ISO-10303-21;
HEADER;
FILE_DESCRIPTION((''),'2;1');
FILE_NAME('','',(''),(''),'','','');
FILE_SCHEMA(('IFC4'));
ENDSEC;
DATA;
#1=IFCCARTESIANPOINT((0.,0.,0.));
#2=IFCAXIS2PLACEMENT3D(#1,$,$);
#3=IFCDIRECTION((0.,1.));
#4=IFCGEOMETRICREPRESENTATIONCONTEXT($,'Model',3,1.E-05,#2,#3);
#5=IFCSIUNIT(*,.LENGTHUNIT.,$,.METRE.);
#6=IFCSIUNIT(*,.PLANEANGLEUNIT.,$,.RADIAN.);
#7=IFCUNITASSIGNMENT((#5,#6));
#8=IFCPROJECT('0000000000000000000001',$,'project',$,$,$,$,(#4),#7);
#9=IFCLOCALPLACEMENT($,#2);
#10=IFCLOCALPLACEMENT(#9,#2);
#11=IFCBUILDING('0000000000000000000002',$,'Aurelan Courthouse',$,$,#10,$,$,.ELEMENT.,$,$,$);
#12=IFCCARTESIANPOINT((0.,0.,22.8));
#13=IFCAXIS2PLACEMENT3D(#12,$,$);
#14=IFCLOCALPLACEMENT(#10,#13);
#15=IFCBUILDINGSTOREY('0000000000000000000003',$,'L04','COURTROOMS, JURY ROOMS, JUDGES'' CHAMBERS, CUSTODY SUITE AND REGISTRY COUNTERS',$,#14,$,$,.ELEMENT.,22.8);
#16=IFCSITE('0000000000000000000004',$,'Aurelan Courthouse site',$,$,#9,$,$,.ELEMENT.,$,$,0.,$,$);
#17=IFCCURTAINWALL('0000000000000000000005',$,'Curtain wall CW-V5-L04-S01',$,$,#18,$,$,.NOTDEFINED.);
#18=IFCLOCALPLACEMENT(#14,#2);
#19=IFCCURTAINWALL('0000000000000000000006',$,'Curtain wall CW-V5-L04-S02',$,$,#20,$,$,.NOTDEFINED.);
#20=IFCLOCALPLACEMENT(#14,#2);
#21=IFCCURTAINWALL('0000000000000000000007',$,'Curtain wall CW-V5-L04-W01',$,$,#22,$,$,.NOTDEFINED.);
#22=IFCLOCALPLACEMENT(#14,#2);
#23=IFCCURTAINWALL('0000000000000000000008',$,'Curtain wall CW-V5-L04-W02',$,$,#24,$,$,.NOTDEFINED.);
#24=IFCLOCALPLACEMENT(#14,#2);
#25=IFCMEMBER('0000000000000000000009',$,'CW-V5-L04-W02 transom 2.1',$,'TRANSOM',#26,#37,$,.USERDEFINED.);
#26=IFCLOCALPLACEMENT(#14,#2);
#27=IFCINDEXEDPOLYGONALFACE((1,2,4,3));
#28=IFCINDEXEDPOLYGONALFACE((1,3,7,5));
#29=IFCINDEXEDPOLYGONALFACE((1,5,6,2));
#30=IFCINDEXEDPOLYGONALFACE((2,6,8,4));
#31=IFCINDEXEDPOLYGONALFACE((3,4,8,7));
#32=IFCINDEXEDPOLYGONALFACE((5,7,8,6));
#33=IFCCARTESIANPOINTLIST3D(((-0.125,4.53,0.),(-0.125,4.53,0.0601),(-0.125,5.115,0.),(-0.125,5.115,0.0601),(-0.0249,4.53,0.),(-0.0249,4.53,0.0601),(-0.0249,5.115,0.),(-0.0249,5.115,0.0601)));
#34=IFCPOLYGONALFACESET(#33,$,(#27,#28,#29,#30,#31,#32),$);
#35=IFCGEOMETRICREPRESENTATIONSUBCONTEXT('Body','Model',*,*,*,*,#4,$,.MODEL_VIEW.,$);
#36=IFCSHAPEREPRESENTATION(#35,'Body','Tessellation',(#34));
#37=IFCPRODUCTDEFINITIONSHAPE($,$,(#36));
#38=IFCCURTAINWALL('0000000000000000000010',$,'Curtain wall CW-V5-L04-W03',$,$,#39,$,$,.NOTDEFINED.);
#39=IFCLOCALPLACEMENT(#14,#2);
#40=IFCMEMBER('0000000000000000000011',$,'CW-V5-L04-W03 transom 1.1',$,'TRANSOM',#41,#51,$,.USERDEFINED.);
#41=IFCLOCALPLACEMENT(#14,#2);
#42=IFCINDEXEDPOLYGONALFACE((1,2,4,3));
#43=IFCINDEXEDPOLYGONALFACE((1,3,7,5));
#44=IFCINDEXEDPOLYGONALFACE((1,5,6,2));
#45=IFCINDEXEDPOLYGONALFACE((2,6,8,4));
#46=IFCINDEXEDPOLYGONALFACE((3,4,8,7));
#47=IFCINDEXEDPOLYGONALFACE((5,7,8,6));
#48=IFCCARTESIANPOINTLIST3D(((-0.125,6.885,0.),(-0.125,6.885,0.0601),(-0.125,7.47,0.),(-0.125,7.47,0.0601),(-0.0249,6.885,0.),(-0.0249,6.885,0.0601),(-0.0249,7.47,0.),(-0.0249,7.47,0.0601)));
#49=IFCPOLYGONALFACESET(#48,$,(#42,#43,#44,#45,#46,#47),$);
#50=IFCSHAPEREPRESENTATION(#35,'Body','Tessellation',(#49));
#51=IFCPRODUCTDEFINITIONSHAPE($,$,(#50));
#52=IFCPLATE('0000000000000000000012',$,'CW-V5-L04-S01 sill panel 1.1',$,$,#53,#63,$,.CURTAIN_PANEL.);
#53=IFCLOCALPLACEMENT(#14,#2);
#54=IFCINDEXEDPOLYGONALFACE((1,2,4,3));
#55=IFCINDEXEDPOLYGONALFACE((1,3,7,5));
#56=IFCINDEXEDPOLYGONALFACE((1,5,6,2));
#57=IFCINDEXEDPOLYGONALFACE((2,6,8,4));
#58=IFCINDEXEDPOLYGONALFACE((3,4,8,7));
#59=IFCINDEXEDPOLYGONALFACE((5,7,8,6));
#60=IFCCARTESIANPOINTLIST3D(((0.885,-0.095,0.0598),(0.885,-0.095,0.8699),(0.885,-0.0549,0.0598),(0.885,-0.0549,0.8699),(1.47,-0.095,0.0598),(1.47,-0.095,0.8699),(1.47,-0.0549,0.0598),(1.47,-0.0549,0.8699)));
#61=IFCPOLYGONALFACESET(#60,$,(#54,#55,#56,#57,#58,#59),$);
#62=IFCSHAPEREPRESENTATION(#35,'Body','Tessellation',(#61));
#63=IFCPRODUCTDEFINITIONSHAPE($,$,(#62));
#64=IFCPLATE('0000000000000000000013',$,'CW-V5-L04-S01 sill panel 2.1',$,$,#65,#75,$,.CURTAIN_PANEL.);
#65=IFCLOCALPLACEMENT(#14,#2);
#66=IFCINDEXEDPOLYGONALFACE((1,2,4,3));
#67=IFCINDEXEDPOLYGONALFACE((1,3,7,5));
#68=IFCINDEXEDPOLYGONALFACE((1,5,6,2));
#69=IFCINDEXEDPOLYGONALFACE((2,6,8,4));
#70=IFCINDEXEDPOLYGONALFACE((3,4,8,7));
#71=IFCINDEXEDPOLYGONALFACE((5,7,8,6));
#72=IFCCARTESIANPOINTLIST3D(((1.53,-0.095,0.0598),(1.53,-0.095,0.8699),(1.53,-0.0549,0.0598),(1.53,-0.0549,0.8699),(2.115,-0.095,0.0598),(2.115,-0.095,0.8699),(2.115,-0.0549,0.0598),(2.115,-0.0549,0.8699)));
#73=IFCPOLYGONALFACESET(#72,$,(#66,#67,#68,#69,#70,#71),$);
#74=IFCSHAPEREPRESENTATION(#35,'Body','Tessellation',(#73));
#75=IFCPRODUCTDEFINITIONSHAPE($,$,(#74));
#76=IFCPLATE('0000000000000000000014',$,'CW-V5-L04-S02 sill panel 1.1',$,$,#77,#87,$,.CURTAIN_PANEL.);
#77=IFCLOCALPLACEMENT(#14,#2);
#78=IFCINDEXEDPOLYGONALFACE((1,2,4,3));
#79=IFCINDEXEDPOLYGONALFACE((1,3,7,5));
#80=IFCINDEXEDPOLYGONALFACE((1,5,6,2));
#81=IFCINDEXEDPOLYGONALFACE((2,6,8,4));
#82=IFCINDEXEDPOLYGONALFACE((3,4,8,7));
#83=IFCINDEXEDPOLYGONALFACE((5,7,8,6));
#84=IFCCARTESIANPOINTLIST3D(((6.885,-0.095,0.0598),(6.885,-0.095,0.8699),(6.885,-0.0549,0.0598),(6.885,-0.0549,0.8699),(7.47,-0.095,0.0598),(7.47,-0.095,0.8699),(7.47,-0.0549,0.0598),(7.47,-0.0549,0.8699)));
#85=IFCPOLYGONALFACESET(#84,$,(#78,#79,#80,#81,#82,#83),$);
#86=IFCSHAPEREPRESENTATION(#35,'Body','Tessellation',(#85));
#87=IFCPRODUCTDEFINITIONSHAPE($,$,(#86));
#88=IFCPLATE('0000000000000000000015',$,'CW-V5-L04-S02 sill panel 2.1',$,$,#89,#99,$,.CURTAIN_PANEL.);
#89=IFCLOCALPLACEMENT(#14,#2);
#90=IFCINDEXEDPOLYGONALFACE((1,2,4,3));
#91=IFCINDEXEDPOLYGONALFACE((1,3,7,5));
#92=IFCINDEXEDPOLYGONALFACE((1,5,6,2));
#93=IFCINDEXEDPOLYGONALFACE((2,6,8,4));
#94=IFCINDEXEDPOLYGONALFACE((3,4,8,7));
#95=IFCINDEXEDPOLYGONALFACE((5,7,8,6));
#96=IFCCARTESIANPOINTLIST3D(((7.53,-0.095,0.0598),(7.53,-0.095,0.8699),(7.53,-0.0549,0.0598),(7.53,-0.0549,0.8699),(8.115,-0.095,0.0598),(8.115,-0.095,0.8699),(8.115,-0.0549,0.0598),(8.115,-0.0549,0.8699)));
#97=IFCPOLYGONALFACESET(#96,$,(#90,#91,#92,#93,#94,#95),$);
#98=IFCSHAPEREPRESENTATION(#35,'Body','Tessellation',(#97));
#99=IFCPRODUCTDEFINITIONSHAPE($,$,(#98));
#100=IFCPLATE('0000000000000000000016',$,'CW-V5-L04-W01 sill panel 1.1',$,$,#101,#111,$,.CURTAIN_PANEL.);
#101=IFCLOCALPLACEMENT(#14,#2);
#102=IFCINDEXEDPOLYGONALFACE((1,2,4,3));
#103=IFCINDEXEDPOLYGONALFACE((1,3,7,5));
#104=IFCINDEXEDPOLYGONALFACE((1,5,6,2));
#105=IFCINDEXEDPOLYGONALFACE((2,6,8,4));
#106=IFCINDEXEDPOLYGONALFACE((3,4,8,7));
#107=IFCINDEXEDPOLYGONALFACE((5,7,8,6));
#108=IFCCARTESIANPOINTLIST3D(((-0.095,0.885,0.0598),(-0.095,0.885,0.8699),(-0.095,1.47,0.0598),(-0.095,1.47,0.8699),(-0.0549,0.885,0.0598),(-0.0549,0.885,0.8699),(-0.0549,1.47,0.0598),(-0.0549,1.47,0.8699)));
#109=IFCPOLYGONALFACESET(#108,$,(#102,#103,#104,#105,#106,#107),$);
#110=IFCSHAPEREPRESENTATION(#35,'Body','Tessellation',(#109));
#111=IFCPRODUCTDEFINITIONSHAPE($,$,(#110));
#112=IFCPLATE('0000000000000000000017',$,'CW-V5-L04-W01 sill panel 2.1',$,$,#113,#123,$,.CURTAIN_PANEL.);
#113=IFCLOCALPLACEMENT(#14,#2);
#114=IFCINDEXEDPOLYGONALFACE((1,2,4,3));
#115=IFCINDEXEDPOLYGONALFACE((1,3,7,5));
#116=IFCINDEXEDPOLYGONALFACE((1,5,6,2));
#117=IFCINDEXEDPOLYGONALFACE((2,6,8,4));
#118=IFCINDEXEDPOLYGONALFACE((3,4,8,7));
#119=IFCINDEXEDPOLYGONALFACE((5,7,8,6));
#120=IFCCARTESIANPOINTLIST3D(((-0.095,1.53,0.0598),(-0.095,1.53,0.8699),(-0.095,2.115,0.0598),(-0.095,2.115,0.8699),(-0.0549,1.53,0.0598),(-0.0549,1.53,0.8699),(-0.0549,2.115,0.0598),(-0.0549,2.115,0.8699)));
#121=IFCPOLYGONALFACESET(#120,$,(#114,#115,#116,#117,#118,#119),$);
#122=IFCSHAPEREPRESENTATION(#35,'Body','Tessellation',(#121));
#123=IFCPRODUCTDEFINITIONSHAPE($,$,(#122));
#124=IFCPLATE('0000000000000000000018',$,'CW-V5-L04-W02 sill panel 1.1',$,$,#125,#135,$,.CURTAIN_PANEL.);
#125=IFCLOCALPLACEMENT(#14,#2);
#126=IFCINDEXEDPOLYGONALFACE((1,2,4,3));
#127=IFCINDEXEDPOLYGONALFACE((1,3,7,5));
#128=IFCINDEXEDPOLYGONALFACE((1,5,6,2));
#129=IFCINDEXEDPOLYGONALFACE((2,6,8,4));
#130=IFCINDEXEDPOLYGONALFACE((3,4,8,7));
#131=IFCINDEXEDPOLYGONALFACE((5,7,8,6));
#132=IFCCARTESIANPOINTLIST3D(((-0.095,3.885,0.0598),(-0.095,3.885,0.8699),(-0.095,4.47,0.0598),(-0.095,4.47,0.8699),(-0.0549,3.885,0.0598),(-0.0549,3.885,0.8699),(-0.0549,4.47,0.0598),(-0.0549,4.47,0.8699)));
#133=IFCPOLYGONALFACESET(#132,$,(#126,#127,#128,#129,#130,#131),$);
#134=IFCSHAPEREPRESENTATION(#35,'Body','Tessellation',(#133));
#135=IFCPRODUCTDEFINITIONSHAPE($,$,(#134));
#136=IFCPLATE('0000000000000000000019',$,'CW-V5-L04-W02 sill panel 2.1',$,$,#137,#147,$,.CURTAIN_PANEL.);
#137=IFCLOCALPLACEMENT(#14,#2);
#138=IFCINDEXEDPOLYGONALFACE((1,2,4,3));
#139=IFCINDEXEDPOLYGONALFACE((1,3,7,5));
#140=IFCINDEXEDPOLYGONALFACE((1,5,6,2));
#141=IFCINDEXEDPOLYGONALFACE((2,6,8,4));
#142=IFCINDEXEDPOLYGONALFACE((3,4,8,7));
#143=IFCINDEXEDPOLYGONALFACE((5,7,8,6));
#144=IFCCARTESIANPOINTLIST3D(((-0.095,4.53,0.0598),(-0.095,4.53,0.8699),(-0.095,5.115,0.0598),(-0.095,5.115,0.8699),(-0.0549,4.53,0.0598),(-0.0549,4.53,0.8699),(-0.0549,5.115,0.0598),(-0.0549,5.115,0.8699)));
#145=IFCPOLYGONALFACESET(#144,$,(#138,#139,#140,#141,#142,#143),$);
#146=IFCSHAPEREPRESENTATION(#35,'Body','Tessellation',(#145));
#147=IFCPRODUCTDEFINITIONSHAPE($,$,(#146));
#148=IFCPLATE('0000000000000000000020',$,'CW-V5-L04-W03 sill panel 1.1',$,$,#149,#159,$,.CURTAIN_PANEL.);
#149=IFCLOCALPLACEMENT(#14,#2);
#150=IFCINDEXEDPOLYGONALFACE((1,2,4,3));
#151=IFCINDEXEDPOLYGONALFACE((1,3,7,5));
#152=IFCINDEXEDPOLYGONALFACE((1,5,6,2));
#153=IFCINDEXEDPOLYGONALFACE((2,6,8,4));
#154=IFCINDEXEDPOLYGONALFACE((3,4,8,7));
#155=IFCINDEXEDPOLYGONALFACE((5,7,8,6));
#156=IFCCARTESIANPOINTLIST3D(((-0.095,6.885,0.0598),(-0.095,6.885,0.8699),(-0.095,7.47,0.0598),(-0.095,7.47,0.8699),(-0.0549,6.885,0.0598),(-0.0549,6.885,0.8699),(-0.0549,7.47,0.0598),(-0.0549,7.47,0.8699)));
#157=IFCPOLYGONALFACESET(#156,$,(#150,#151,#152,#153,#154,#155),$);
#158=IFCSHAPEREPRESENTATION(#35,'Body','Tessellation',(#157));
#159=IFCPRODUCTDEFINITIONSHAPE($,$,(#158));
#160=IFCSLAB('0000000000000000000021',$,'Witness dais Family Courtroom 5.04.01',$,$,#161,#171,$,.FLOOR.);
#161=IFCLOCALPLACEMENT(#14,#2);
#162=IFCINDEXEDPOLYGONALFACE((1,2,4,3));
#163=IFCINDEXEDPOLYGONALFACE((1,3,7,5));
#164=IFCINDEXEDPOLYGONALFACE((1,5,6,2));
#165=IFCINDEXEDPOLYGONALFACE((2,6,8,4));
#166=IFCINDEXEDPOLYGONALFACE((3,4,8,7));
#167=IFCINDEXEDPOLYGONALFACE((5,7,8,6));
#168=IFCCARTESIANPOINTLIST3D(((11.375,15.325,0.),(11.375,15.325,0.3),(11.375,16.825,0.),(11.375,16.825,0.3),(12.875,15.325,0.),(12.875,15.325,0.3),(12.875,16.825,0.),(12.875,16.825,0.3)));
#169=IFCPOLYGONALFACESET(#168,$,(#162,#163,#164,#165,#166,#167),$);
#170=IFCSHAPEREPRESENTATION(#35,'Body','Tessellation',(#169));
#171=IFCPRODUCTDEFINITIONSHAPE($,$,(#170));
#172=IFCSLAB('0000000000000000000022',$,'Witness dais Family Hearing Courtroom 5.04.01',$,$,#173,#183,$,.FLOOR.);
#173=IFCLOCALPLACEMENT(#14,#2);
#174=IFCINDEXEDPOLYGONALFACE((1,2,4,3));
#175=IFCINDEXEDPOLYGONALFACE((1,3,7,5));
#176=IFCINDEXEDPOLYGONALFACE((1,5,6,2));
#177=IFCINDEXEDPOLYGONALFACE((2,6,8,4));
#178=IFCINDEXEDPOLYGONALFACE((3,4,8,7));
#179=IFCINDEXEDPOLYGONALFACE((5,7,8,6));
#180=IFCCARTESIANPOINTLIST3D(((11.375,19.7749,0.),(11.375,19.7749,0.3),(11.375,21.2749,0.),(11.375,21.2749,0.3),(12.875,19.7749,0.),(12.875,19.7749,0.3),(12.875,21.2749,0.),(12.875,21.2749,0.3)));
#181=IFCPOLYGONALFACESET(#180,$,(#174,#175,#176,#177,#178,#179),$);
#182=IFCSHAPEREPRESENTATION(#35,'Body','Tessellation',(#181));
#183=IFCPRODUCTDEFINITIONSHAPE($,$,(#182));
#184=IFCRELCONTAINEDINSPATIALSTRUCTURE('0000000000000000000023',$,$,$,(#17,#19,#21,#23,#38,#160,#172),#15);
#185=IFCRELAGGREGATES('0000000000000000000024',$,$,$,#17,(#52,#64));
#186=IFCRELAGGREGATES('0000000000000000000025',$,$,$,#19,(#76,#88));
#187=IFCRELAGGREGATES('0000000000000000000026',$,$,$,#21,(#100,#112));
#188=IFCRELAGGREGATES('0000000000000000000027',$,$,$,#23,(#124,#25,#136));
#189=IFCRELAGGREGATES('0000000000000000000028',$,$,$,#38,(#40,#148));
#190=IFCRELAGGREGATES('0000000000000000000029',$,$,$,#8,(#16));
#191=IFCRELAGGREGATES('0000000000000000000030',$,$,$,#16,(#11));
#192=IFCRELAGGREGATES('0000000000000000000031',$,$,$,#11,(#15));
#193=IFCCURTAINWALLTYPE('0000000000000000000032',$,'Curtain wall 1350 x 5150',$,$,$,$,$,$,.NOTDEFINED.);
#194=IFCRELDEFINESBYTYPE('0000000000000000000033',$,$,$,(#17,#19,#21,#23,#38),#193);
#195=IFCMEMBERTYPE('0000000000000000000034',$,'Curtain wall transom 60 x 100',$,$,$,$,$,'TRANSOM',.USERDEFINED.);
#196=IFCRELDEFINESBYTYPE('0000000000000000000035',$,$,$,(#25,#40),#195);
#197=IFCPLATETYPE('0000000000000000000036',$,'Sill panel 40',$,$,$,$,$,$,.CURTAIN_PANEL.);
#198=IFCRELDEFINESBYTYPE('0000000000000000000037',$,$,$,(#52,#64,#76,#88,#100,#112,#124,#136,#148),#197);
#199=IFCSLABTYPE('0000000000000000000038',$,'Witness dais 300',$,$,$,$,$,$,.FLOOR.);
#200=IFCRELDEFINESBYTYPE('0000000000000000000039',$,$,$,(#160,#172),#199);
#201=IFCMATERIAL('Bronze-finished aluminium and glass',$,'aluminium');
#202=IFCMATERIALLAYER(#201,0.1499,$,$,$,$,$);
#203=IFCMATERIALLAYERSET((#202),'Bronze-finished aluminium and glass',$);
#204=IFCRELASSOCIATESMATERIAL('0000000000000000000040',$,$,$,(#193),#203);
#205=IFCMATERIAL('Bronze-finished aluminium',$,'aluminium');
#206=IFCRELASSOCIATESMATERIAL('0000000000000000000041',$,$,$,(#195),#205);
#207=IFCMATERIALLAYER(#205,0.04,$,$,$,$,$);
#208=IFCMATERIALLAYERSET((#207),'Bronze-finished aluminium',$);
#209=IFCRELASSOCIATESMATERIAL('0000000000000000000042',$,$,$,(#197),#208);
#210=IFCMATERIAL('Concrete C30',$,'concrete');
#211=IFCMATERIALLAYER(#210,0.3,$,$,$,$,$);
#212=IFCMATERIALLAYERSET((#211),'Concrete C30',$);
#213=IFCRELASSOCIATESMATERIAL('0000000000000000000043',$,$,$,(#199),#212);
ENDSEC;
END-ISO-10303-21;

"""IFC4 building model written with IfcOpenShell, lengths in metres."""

from ifc_helpers import new_model, si_unit, direction, frame, origin, origin_2d, place, context, subcontext, project, spatial, polyline, rectangle, outline, extrude, material, layer, layer_set, material_profile, profile_set, type_object, element, aggregate, save


model = new_model("IFC4")

# Units and contexts
model_context = context("Model", 3, precision=1e-05, world=origin(), true_north=direction((0.0, 1.0)))
body_context = subcontext(model_context, "Body", "Model", "MODEL_VIEW")
ifc_project = project(units=[si_unit("LENGTHUNIT", "METRE"), si_unit("PLANEANGLEUNIT", "RADIAN")], contexts=[model_context])

# Site, building, storey
site_placement = place(None, origin())
site = spatial("IfcSite", under=ifc_project, at=site_placement, Name="Aurelan Courthouse site", CompositionType="ELEMENT", RefElevation=0.0)
building_placement = place(site_placement, origin())
building = spatial("IfcBuilding", under=site, at=building_placement, Name="Aurelan Courthouse", CompositionType="ELEMENT")
storey_placement = place(building_placement, frame((0.0, 0.0, 22.8)))
storey = spatial("IfcBuildingStorey", under=building, at=storey_placement, Name="L04", Description="COURTROOMS, JURY ROOMS, JUDGES' CHAMBERS, CUSTODY SUITE AND REGISTRY COUNTERS", CompositionType="ELEMENT", Elevation=22.8)

# Curtain walls
ifc_material_1 = material(Name="Bronze-finished aluminium and glass", Category="aluminium")
ifc_layer_1 = layer(ifc_material_1, 0.1499)
ifc_layer_set_1 = layer_set([ifc_layer_1], Name="Bronze-finished aluminium and glass")
curtain_wall_type = type_object("IfcCurtainWallType", Name="Curtain wall 1350 x 5150", PredefinedType="NOTDEFINED", material=ifc_layer_set_1)
curtain_wall_1_placement = place(storey_placement, origin())
curtain_wall_1 = element("IfcCurtainWall", 1, at=curtain_wall_1_placement, inside=storey, type_object=curtain_wall_type, Name="Curtain wall CW-V5-L04-S01", PredefinedType="NOTDEFINED")
ifc_material_2 = material(Name="Bronze-finished aluminium", Category="aluminium")
curtain_wall_2_placement = place(storey_placement, origin())
curtain_wall_2 = element("IfcCurtainWall", 2, at=curtain_wall_2_placement, inside=storey, type_object=curtain_wall_type, Name="Curtain wall CW-V5-L04-S02", PredefinedType="NOTDEFINED")

# Shared definitions
ifc_material_profile_1 = material_profile(ifc_material_2, rectangle(XDim=0.1001, YDim=0.0601, at=origin_2d()), Name="Bronze transom 60 x 100")
ifc_profile_set_1 = profile_set([ifc_material_profile_1], Name="Bronze-finished aluminium")
member_type_1 = type_object("IfcMemberType", Name="Curtain wall transom 60 x 100", ElementType="TRANSOM", PredefinedType="USERDEFINED", material=ifc_profile_set_1)

# Curtain walls, member
curtain_wall_3_placement = place(storey_placement, origin())
curtain_wall_3 = element("IfcCurtainWall", 3, at=curtain_wall_3_placement, inside=storey, type_object=curtain_wall_type, Name="Curtain wall CW-V5-L04-W01", PredefinedType="NOTDEFINED")
curtain_wall_4_placement = place(storey_placement, origin())
curtain_wall_4 = element("IfcCurtainWall", 4, at=curtain_wall_4_placement, inside=storey, type_object=curtain_wall_type, Name="Curtain wall CW-V5-L04-W02", PredefinedType="NOTDEFINED")
member_1_placement = place(storey_placement, frame((-0.075, 4.53, 0.03), z_axis=(0.0, 1.0, 0.0), x_axis=(-1.0, 0.0, 0.0)))
member_1 = element("IfcMember", 5, at=member_1_placement, type_object=member_type_1, Name="CW-V5-L04-W02 transom 2.1", ObjectType="TRANSOM", PredefinedType="USERDEFINED", context=body_context, shape_type="SweptSolid", body=[
    extrude(rectangle(XDim=0.1001, YDim=0.0601, at=origin_2d()), origin(), (0.0, 0.0, 1.0), 0.585),
])

# Curtain wall, member
curtain_wall_5_placement = place(storey_placement, origin())
curtain_wall_5 = element("IfcCurtainWall", 6, at=curtain_wall_5_placement, inside=storey, type_object=curtain_wall_type, Name="Curtain wall CW-V5-L04-W03", PredefinedType="NOTDEFINED")
member_2_placement = place(storey_placement, frame((-0.075, 6.885, 0.03), z_axis=(0.0, 1.0, 0.0), x_axis=(-1.0, 0.0, 0.0)))
member_2 = element("IfcMember", 7, at=member_2_placement, type_object=member_type_1, Name="CW-V5-L04-W03 transom 1.1", ObjectType="TRANSOM", PredefinedType="USERDEFINED", context=body_context, shape_type="SweptSolid", body=[
    extrude(rectangle(XDim=0.1001, YDim=0.0601, at=origin_2d()), origin(), (0.0, 0.0, 1.0), 0.585),
])

# Plates
ifc_layer_2 = layer(ifc_material_2, 0.04)
ifc_layer_set_2 = layer_set([ifc_layer_2], Name="Bronze-finished aluminium")
plate_type = type_object("IfcPlateType", Name="Sill panel 40", PredefinedType="CURTAIN_PANEL", material=ifc_layer_set_2)
plate_1_placement = place(storey_placement, frame((1.1775, -0.075, 0.0598), z_axis=(0.0, 0.0, 1.0), x_axis=(1.0, 0.0, 0.0)))
plate_1 = element("IfcPlate", 8, at=plate_1_placement, type_object=plate_type, Name="CW-V5-L04-S01 sill panel 1.1", PredefinedType="CURTAIN_PANEL", context=body_context, shape_type="SweptSolid", body=[
    extrude(rectangle(XDim=0.585, YDim=0.04, at=origin_2d()), origin(), (0.0, 0.0, 1.0), 0.8101),
])
plate_2_placement = place(storey_placement, frame((1.8225, -0.075, 0.0598), z_axis=(0.0, 0.0, 1.0), x_axis=(1.0, 0.0, 0.0)))
plate_2 = element("IfcPlate", 9, at=plate_2_placement, type_object=plate_type, Name="CW-V5-L04-S01 sill panel 2.1", PredefinedType="CURTAIN_PANEL", context=body_context, shape_type="SweptSolid", body=[
    extrude(rectangle(XDim=0.585, YDim=0.04, at=origin_2d()), origin(), (0.0, 0.0, 1.0), 0.8101),
])
aggregate(curtain_wall_1, [plate_1, plate_2])
plate_3_placement = place(storey_placement, frame((7.1775, -0.075, 0.0598), z_axis=(0.0, 0.0, 1.0), x_axis=(1.0, 0.0, 0.0)))
plate_3 = element("IfcPlate", 10, at=plate_3_placement, type_object=plate_type, Name="CW-V5-L04-S02 sill panel 1.1", PredefinedType="CURTAIN_PANEL", context=body_context, shape_type="SweptSolid", body=[
    extrude(rectangle(XDim=0.585, YDim=0.04, at=origin_2d()), origin(), (0.0, 0.0, 1.0), 0.8101),
])
plate_4_placement = place(storey_placement, frame((7.8225, -0.075, 0.0598), z_axis=(0.0, 0.0, 1.0), x_axis=(1.0, 0.0, 0.0)))
plate_4 = element("IfcPlate", 11, at=plate_4_placement, type_object=plate_type, Name="CW-V5-L04-S02 sill panel 2.1", PredefinedType="CURTAIN_PANEL", context=body_context, shape_type="SweptSolid", body=[
    extrude(rectangle(XDim=0.585, YDim=0.04, at=origin_2d()), origin(), (0.0, 0.0, 1.0), 0.8101),
])
aggregate(curtain_wall_2, [plate_3, plate_4])
plate_5_placement = place(storey_placement, frame((-0.075, 1.1775, 0.0598), z_axis=(0.0, 0.0, 1.0), x_axis=(0.0, 1.0, 0.0)))
plate_5 = element("IfcPlate", 12, at=plate_5_placement, type_object=plate_type, Name="CW-V5-L04-W01 sill panel 1.1", PredefinedType="CURTAIN_PANEL", context=body_context, shape_type="SweptSolid", body=[
    extrude(rectangle(XDim=0.585, YDim=0.04, at=origin_2d()), origin(), (0.0, 0.0, 1.0), 0.8101),
])
plate_6_placement = place(storey_placement, frame((-0.075, 1.8225, 0.0598), z_axis=(0.0, 0.0, 1.0), x_axis=(0.0, 1.0, 0.0)))
plate_6 = element("IfcPlate", 13, at=plate_6_placement, type_object=plate_type, Name="CW-V5-L04-W01 sill panel 2.1", PredefinedType="CURTAIN_PANEL", context=body_context, shape_type="SweptSolid", body=[
    extrude(rectangle(XDim=0.585, YDim=0.04, at=origin_2d()), origin(), (0.0, 0.0, 1.0), 0.8101),
])
aggregate(curtain_wall_3, [plate_5, plate_6])
plate_7_placement = place(storey_placement, frame((-0.075, 4.1775, 0.0598), z_axis=(0.0, 0.0, 1.0), x_axis=(0.0, 1.0, 0.0)))
plate_7 = element("IfcPlate", 14, at=plate_7_placement, type_object=plate_type, Name="CW-V5-L04-W02 sill panel 1.1", PredefinedType="CURTAIN_PANEL", context=body_context, shape_type="SweptSolid", body=[
    extrude(rectangle(XDim=0.585, YDim=0.04, at=origin_2d()), origin(), (0.0, 0.0, 1.0), 0.8101),
])
plate_8_placement = place(storey_placement, frame((-0.075, 4.8225, 0.0598), z_axis=(0.0, 0.0, 1.0), x_axis=(0.0, 1.0, 0.0)))
plate_8 = element("IfcPlate", 15, at=plate_8_placement, type_object=plate_type, Name="CW-V5-L04-W02 sill panel 2.1", PredefinedType="CURTAIN_PANEL", context=body_context, shape_type="SweptSolid", body=[
    extrude(rectangle(XDim=0.585, YDim=0.04, at=origin_2d()), origin(), (0.0, 0.0, 1.0), 0.8101),
])
aggregate(curtain_wall_4, [plate_7, member_1, plate_8])
plate_9_placement = place(storey_placement, frame((-0.075, 7.1775, 0.0598), z_axis=(0.0, 0.0, 1.0), x_axis=(0.0, 1.0, 0.0)))
plate_9 = element("IfcPlate", 16, at=plate_9_placement, type_object=plate_type, Name="CW-V5-L04-W03 sill panel 1.1", PredefinedType="CURTAIN_PANEL", context=body_context, shape_type="SweptSolid", body=[
    extrude(rectangle(XDim=0.585, YDim=0.04, at=origin_2d()), origin(), (0.0, 0.0, 1.0), 0.8101),
])
aggregate(curtain_wall_5, [member_2, plate_9])

# Slabs
ifc_material_3 = material(Name="Concrete C30", Category="concrete")
ifc_layer_3 = layer(ifc_material_3, 0.3)
ifc_layer_set_3 = layer_set([ifc_layer_3], Name="Concrete C30")
slab_type = type_object("IfcSlabType", Name="Witness dais 300", PredefinedType="FLOOR", material=ifc_layer_set_3)
slab_1_placement = place(storey_placement, origin())
element("IfcSlab", 17, at=slab_1_placement, inside=storey, type_object=slab_type, Name="Witness dais Family Courtroom 5.04.01", PredefinedType="FLOOR", context=body_context, shape_type="SweptSolid", body=[
    extrude(outline(polyline([(11.375, 15.325), (12.875, 15.325), (12.875, 16.825), (11.375, 16.825), (11.375, 15.325)])), origin(), (0.0, 0.0, 1.0), 0.3),
])
slab_2_placement = place(storey_placement, origin())
element("IfcSlab", 18, at=slab_2_placement, inside=storey, type_object=slab_type, Name="Witness dais Family Hearing Courtroom 5.04.01", PredefinedType="FLOOR", context=body_context, shape_type="SweptSolid", body=[
    extrude(outline(polyline([(11.375, 19.7749), (12.875, 19.7749), (12.875, 21.2749), (11.375, 21.2749), (11.375, 19.7749)])), origin(), (0.0, 0.0, 1.0), 0.3),
])

save(model, "model.ifc")
